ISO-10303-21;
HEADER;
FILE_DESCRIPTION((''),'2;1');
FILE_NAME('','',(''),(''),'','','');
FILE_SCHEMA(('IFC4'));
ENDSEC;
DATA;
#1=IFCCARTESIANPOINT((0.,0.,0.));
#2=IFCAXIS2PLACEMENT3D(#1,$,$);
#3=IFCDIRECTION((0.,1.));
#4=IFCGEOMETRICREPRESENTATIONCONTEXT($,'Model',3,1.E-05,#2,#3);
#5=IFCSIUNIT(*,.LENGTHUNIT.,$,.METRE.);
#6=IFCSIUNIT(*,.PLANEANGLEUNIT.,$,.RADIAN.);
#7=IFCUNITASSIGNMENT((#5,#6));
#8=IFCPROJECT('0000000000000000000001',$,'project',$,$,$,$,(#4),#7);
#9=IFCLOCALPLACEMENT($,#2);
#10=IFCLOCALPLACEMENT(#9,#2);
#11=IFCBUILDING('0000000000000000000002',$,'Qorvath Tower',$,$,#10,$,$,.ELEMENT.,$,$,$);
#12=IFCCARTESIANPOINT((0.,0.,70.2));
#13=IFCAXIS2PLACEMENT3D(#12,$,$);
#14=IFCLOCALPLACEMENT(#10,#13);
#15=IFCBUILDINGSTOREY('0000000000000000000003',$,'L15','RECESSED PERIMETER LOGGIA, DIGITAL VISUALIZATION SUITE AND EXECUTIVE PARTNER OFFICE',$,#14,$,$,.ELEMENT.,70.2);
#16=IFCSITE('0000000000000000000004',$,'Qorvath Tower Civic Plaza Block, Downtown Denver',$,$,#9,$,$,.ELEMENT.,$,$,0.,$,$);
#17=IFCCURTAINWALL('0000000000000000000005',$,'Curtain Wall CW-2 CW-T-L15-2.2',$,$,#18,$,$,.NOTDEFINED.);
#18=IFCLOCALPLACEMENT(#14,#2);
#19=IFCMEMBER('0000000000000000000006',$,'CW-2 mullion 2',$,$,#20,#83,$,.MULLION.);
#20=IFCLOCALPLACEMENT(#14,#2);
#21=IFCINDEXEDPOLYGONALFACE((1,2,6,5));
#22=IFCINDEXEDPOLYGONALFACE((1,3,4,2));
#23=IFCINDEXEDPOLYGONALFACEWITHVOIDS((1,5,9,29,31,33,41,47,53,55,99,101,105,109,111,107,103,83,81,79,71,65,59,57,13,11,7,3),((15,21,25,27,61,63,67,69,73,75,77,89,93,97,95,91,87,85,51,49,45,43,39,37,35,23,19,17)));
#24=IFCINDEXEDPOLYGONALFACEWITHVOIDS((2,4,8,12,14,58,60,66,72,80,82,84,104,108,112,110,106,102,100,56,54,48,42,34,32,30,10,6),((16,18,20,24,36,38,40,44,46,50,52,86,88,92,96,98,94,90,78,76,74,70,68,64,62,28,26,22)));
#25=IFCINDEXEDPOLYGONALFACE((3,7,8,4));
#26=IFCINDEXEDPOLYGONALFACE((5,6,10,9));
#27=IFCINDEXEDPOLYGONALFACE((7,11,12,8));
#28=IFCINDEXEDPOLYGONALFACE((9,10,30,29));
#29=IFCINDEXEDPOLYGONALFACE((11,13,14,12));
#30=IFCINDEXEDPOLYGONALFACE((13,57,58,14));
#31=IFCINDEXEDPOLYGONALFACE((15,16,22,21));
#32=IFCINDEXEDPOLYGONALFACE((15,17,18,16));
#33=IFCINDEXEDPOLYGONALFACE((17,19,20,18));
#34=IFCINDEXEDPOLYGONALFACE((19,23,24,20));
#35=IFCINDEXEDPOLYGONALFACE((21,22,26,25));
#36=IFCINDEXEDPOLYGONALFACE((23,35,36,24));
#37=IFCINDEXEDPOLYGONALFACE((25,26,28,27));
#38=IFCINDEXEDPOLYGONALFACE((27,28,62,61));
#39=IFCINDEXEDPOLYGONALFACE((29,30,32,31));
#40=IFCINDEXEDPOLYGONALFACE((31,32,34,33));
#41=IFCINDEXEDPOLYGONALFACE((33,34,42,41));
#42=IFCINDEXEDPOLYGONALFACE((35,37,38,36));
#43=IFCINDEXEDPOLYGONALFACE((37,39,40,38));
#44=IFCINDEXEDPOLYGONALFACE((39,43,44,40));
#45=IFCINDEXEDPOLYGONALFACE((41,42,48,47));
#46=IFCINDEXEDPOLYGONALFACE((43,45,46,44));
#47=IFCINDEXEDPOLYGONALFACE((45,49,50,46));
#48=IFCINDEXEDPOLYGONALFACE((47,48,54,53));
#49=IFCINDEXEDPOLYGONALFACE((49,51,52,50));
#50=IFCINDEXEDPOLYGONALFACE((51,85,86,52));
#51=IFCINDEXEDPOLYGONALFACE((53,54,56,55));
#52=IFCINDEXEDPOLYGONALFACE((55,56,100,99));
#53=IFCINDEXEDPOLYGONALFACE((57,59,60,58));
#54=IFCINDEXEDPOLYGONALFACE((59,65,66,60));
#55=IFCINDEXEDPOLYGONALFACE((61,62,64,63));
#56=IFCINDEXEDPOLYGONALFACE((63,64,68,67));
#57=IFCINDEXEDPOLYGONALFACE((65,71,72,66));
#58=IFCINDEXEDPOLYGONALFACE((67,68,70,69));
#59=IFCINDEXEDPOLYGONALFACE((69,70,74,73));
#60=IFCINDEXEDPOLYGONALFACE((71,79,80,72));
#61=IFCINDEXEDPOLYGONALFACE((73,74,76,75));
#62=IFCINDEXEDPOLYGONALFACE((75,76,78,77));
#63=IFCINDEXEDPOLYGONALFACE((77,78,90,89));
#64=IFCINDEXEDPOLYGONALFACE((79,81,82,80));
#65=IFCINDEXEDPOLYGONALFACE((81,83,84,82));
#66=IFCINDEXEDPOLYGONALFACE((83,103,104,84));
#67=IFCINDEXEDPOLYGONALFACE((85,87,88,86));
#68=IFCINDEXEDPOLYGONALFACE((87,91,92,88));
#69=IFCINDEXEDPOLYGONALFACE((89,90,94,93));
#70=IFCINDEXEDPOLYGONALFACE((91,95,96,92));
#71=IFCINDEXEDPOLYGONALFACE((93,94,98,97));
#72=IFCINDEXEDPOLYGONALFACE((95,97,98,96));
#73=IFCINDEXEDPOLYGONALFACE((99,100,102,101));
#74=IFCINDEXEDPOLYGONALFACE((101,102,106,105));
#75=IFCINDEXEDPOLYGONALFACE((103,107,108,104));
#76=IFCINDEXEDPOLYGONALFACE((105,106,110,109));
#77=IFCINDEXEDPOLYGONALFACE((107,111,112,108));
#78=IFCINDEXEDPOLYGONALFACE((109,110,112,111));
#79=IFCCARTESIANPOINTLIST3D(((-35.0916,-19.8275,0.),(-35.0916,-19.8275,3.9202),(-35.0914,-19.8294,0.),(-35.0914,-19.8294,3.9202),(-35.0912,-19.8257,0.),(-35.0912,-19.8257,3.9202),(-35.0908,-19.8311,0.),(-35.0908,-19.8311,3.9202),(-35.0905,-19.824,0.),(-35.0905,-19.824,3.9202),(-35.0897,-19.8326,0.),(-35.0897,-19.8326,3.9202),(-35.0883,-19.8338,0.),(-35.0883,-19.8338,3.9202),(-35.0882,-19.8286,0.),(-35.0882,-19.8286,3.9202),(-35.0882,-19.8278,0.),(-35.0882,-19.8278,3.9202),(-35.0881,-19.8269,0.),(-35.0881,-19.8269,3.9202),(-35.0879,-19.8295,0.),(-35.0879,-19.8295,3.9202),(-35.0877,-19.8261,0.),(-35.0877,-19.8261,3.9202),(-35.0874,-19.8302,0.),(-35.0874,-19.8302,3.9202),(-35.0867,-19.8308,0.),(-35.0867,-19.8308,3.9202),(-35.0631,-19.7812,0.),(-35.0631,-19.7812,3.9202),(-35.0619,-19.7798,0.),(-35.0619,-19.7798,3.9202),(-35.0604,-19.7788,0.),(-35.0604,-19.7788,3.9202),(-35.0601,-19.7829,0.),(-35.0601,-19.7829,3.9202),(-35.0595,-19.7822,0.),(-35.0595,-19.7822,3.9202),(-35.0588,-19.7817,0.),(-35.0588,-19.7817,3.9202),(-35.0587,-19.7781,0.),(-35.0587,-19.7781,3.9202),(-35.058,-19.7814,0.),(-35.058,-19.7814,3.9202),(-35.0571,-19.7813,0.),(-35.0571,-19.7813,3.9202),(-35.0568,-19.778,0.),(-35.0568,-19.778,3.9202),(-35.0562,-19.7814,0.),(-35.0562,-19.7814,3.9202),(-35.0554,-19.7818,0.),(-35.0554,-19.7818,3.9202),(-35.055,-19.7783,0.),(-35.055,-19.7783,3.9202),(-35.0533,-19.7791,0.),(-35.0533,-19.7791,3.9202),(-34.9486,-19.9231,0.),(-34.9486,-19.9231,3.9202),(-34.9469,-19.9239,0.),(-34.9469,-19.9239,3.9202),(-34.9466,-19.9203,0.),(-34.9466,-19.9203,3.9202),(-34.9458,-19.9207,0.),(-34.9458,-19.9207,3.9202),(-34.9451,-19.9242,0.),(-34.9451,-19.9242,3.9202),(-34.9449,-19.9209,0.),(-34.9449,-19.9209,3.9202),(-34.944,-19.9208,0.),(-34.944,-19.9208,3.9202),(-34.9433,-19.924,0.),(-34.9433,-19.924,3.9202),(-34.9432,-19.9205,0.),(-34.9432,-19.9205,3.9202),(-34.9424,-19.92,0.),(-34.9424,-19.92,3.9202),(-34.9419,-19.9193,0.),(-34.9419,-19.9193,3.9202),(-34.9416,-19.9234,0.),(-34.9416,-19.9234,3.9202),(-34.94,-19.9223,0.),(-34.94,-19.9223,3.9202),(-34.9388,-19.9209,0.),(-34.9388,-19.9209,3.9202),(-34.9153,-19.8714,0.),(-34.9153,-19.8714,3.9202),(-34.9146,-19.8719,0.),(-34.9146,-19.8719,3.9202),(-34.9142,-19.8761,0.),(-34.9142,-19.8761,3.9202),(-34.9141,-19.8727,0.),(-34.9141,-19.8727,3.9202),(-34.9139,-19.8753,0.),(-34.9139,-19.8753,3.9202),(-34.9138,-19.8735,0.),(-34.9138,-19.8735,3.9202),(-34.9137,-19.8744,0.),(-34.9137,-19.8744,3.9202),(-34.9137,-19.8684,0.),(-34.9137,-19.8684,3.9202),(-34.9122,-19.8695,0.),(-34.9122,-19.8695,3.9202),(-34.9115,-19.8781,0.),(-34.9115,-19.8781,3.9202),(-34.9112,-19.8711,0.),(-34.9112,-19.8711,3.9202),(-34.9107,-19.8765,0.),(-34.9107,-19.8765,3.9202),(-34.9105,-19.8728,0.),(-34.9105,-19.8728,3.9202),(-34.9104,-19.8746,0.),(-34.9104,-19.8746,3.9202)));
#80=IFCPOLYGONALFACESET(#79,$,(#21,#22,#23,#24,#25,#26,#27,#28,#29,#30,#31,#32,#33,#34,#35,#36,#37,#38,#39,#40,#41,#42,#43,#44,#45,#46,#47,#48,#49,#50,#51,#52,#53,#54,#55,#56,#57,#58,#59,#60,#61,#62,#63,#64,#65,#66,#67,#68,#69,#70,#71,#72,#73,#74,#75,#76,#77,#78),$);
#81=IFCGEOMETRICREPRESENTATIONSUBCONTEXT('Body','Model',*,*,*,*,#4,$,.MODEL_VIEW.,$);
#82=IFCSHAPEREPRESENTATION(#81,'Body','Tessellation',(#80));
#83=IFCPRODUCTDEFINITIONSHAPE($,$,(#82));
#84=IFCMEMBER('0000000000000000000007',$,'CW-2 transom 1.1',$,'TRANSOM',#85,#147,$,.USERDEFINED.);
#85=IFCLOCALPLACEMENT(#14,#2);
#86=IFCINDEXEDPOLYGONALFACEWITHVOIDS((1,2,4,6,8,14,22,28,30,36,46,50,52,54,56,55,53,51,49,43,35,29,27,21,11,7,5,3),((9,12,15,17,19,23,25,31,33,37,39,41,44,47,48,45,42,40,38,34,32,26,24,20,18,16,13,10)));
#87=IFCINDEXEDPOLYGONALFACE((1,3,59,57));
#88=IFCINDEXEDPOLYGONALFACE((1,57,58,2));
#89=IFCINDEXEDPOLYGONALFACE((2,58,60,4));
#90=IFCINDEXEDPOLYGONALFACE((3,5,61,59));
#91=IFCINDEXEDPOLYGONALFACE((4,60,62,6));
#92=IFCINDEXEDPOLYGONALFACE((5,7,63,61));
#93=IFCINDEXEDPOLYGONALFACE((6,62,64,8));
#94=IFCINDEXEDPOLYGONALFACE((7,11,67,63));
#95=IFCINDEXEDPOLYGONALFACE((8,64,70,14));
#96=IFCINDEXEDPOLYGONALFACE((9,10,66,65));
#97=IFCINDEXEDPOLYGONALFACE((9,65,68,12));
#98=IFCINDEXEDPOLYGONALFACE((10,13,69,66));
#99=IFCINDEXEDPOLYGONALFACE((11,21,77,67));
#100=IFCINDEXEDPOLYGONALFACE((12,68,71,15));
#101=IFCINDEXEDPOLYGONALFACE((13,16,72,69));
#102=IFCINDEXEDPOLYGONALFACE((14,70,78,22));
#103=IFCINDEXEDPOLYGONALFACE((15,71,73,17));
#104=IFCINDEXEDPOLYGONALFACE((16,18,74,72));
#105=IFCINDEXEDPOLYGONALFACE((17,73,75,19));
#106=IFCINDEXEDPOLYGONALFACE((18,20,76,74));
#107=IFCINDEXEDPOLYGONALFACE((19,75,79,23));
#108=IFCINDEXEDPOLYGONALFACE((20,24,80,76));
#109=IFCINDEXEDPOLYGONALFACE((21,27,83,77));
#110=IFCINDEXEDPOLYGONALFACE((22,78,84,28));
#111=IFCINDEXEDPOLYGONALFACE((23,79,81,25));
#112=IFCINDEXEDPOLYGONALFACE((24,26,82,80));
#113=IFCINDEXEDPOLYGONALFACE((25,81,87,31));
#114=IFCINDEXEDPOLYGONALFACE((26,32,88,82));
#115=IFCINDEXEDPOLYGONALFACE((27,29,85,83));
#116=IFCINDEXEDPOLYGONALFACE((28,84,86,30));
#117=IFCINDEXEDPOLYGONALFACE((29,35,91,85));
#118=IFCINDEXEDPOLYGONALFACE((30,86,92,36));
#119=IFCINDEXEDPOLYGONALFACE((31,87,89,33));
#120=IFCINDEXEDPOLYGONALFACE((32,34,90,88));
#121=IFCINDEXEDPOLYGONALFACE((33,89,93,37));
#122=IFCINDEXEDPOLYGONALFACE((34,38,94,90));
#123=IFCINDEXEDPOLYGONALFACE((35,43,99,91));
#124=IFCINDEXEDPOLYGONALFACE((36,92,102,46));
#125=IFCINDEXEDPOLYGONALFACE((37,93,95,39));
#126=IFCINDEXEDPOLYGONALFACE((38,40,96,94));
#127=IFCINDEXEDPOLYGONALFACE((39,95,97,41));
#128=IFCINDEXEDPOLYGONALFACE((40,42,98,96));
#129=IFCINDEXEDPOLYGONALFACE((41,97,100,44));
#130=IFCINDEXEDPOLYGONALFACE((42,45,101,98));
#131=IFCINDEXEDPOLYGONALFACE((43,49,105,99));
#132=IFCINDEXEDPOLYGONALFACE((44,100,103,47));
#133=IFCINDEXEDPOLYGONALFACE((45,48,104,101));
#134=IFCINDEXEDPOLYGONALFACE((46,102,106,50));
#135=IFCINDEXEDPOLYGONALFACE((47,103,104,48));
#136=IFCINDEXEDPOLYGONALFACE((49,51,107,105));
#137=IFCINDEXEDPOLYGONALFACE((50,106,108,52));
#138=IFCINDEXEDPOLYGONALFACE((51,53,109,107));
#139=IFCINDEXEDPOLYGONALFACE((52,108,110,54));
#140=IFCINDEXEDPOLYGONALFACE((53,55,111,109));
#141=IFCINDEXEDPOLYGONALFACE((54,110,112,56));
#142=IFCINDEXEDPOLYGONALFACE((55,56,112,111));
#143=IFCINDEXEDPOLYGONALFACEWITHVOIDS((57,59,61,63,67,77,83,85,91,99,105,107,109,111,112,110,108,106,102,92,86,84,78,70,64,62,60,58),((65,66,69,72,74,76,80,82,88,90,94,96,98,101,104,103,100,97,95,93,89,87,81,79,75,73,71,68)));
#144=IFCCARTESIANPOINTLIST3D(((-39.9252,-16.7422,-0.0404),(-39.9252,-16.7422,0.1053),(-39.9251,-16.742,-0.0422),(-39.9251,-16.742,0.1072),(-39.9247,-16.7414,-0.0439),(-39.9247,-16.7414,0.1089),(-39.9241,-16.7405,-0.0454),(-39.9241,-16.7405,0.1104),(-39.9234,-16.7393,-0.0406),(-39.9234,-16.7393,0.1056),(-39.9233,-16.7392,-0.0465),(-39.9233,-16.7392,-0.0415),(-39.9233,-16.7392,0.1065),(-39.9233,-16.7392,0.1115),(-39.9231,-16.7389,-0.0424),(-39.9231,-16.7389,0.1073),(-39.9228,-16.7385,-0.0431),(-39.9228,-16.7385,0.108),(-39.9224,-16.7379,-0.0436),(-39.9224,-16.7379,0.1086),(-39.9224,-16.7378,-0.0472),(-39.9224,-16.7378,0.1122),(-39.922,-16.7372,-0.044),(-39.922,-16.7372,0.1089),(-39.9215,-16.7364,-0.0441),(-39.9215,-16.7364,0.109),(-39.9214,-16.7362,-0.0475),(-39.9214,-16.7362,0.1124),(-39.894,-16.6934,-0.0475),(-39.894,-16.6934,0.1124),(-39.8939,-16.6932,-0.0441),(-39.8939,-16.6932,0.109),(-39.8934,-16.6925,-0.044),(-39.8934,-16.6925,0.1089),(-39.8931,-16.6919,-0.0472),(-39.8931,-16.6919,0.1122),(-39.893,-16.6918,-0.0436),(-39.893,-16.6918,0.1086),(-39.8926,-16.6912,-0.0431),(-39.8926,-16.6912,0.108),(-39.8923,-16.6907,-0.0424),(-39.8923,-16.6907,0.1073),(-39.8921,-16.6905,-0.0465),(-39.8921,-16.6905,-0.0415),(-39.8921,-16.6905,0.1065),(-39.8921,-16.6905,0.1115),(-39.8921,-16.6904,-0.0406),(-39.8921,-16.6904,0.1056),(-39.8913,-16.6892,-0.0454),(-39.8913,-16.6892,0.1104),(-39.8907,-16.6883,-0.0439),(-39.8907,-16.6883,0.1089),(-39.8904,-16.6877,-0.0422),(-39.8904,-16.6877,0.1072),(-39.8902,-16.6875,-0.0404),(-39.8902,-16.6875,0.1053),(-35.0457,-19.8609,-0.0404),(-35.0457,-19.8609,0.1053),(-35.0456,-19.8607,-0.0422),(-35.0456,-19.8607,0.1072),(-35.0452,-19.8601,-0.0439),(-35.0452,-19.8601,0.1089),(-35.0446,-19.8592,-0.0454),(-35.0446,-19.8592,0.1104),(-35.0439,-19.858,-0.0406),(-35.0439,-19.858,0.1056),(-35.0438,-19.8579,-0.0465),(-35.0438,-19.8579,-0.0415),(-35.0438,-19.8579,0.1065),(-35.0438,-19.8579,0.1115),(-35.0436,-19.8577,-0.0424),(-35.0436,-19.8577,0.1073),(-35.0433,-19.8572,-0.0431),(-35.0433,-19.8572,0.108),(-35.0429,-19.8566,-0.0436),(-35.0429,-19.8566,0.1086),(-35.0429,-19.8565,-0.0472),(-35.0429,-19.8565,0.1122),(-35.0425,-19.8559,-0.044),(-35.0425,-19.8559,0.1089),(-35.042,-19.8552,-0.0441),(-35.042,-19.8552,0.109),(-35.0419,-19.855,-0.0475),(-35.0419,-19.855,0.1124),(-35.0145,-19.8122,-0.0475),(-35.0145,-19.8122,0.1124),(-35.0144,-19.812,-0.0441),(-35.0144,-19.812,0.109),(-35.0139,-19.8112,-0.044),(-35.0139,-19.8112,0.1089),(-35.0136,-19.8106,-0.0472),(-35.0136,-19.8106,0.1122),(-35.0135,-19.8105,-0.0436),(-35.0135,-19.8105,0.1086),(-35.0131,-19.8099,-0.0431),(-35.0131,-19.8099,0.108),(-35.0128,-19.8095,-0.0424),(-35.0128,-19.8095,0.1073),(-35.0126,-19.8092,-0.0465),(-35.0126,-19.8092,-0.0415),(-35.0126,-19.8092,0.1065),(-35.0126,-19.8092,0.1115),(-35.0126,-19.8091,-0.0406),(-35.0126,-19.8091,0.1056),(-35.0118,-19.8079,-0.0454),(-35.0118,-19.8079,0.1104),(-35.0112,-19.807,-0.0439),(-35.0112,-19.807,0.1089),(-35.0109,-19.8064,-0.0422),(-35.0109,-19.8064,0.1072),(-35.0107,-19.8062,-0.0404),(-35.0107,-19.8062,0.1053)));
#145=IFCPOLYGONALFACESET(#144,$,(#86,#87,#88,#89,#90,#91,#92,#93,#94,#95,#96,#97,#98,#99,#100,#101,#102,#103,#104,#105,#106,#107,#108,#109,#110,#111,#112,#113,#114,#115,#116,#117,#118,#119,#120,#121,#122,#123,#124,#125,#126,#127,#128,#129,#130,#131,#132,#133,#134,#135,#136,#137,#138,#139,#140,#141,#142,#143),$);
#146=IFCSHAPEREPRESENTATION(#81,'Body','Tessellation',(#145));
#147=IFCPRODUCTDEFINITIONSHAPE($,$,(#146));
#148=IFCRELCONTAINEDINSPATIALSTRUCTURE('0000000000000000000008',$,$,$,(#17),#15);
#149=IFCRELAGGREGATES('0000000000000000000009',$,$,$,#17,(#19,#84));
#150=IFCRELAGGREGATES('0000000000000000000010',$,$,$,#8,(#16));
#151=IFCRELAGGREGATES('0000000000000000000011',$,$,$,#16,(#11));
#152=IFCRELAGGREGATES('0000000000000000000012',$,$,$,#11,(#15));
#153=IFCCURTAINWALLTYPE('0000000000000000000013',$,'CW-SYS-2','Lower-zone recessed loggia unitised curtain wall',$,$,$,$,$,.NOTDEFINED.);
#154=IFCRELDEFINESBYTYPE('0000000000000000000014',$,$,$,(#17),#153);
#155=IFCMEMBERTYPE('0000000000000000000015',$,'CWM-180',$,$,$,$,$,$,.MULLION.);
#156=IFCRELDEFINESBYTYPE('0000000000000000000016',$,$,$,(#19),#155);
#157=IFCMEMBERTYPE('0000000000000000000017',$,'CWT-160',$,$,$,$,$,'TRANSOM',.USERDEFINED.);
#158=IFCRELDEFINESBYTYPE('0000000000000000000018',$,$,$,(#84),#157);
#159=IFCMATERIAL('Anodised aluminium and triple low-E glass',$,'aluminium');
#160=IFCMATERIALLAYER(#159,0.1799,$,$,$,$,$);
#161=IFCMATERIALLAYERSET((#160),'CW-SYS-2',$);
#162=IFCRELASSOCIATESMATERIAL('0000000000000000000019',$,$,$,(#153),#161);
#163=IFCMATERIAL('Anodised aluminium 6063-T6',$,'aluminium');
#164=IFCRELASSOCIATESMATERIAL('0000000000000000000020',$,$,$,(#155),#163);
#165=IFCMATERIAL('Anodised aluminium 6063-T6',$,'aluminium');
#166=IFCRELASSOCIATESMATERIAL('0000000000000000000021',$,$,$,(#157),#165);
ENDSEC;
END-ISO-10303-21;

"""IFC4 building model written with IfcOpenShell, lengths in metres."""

from ifc_helpers import new_model, si_unit, direction, frame, origin, origin_2d, place, context, subcontext, project, spatial, hollow_rectangle, extrude, material, layer, layer_set, material_profile, profile_set, type_object, element, aggregate, save


model = new_model("IFC4")

# Units and contexts
model_context = context("Model", 3, precision=1e-05, world=origin(), true_north=direction((0.0, 1.0)))
body_context = subcontext(model_context, "Body", "Model", "MODEL_VIEW")
ifc_project = project(units=[si_unit("LENGTHUNIT", "METRE"), si_unit("PLANEANGLEUNIT", "RADIAN")], contexts=[model_context])

# Site, building, storey
site_placement = place(None, origin())
site = spatial("IfcSite", under=ifc_project, at=site_placement, Name="Qorvath Tower Civic Plaza Block, Downtown Denver", CompositionType="ELEMENT", RefElevation=0.0)
building_placement = place(site_placement, origin())
building = spatial("IfcBuilding", under=site, at=building_placement, Name="Qorvath Tower", CompositionType="ELEMENT")
storey_placement = place(building_placement, frame((0.0, 0.0, 70.2)))
storey = spatial("IfcBuildingStorey", under=building, at=storey_placement, Name="L15", Description="RECESSED PERIMETER LOGGIA, DIGITAL VISUALIZATION SUITE AND EXECUTIVE PARTNER OFFICE", CompositionType="ELEMENT", Elevation=70.2)

# Shared definitions
ifc_material_1 = material(Name="Anodised aluminium and triple low-E glass", Category="aluminium")
ifc_layer_1 = layer(ifc_material_1, 0.1799)
ifc_layer_set_1 = layer_set([ifc_layer_1], Name="CW-SYS-2")
curtain_wall_type = type_object("IfcCurtainWallType", Name="CW-SYS-2", Description="Lower-zone recessed loggia unitised curtain wall", PredefinedType="NOTDEFINED", material=ifc_layer_set_1)
ifc_material_2 = material(Name="Anodised aluminium 6063-T6", Category="aluminium")
ifc_material_profile_1 = material_profile(ifc_material_2, hollow_rectangle(XDim=0.0649, YDim=0.1799, WallThickness=0.0034, InnerFilletRadius=0.0034, OuterFilletRadius=0.0071, at=origin_2d()), Name="CWM 180x65")
ifc_profile_set_1 = profile_set([ifc_material_profile_1], Name="Anodised aluminium 6063-T6")
member_type_1 = type_object("IfcMemberType", Name="CWM-180", PredefinedType="MULLION", material=ifc_profile_set_1)

# Curtain wall, members
curtain_wall_1_placement = place(storey_placement, origin())
curtain_wall_1 = element("IfcCurtainWall", 1, at=curtain_wall_1_placement, inside=storey, type_object=curtain_wall_type, Name="Curtain Wall CW-2 CW-T-L15-2.2", PredefinedType="NOTDEFINED")
member_1_placement = place(storey_placement, frame((-35.001, -19.8511, 0.0), z_axis=(0.0, 0.0, 1.0), x_axis=(0.538537, 0.842602, 0.0)))
member_1 = element("IfcMember", 2, at=member_1_placement, type_object=member_type_1, Name="CW-2 mullion 2", PredefinedType="MULLION", context=body_context, shape_type="SweptSolid", body=[
    extrude(hollow_rectangle(XDim=0.0649, YDim=0.1799, WallThickness=0.0034, InnerFilletRadius=0.0034, OuterFilletRadius=0.0071, at=origin_2d()), origin(), (0.0, 0.0, 1.0), 3.9202),
])
ifc_material_3 = material(Name="Anodised aluminium 6063-T6", Category="aluminium")
ifc_material_profile_2 = material_profile(ifc_material_3, hollow_rectangle(XDim=0.0649, YDim=0.1599, WallThickness=0.0034, InnerFilletRadius=0.0034, OuterFilletRadius=0.0071, at=origin_2d()), Name="CWT 160x65")
ifc_profile_set_2 = profile_set([ifc_material_profile_2], Name="Anodised aluminium 6063-T6")
member_type_2 = type_object("IfcMemberType", Name="CWT-160", ElementType="TRANSOM", PredefinedType="USERDEFINED", material=ifc_profile_set_2)
member_2_placement = place(storey_placement, frame((-39.9077, -16.7148, 0.0325), z_axis=(0.842597, -0.538544, 0.0), x_axis=(0.538544, 0.842597, 0.0)))
member_2 = element("IfcMember", 3, at=member_2_placement, type_object=member_type_2, Name="CW-2 transom 1.1", ObjectType="TRANSOM", PredefinedType="USERDEFINED", context=body_context, shape_type="SweptSolid", body=[
    extrude(hollow_rectangle(XDim=0.0649, YDim=0.1599, WallThickness=0.0034, InnerFilletRadius=0.0034, OuterFilletRadius=0.0071, at=origin_2d()), origin(), (0.0, 0.0, 1.0), 5.791),
])
aggregate(curtain_wall_1, [member_1, member_2])

save(model, "model.ifc")
